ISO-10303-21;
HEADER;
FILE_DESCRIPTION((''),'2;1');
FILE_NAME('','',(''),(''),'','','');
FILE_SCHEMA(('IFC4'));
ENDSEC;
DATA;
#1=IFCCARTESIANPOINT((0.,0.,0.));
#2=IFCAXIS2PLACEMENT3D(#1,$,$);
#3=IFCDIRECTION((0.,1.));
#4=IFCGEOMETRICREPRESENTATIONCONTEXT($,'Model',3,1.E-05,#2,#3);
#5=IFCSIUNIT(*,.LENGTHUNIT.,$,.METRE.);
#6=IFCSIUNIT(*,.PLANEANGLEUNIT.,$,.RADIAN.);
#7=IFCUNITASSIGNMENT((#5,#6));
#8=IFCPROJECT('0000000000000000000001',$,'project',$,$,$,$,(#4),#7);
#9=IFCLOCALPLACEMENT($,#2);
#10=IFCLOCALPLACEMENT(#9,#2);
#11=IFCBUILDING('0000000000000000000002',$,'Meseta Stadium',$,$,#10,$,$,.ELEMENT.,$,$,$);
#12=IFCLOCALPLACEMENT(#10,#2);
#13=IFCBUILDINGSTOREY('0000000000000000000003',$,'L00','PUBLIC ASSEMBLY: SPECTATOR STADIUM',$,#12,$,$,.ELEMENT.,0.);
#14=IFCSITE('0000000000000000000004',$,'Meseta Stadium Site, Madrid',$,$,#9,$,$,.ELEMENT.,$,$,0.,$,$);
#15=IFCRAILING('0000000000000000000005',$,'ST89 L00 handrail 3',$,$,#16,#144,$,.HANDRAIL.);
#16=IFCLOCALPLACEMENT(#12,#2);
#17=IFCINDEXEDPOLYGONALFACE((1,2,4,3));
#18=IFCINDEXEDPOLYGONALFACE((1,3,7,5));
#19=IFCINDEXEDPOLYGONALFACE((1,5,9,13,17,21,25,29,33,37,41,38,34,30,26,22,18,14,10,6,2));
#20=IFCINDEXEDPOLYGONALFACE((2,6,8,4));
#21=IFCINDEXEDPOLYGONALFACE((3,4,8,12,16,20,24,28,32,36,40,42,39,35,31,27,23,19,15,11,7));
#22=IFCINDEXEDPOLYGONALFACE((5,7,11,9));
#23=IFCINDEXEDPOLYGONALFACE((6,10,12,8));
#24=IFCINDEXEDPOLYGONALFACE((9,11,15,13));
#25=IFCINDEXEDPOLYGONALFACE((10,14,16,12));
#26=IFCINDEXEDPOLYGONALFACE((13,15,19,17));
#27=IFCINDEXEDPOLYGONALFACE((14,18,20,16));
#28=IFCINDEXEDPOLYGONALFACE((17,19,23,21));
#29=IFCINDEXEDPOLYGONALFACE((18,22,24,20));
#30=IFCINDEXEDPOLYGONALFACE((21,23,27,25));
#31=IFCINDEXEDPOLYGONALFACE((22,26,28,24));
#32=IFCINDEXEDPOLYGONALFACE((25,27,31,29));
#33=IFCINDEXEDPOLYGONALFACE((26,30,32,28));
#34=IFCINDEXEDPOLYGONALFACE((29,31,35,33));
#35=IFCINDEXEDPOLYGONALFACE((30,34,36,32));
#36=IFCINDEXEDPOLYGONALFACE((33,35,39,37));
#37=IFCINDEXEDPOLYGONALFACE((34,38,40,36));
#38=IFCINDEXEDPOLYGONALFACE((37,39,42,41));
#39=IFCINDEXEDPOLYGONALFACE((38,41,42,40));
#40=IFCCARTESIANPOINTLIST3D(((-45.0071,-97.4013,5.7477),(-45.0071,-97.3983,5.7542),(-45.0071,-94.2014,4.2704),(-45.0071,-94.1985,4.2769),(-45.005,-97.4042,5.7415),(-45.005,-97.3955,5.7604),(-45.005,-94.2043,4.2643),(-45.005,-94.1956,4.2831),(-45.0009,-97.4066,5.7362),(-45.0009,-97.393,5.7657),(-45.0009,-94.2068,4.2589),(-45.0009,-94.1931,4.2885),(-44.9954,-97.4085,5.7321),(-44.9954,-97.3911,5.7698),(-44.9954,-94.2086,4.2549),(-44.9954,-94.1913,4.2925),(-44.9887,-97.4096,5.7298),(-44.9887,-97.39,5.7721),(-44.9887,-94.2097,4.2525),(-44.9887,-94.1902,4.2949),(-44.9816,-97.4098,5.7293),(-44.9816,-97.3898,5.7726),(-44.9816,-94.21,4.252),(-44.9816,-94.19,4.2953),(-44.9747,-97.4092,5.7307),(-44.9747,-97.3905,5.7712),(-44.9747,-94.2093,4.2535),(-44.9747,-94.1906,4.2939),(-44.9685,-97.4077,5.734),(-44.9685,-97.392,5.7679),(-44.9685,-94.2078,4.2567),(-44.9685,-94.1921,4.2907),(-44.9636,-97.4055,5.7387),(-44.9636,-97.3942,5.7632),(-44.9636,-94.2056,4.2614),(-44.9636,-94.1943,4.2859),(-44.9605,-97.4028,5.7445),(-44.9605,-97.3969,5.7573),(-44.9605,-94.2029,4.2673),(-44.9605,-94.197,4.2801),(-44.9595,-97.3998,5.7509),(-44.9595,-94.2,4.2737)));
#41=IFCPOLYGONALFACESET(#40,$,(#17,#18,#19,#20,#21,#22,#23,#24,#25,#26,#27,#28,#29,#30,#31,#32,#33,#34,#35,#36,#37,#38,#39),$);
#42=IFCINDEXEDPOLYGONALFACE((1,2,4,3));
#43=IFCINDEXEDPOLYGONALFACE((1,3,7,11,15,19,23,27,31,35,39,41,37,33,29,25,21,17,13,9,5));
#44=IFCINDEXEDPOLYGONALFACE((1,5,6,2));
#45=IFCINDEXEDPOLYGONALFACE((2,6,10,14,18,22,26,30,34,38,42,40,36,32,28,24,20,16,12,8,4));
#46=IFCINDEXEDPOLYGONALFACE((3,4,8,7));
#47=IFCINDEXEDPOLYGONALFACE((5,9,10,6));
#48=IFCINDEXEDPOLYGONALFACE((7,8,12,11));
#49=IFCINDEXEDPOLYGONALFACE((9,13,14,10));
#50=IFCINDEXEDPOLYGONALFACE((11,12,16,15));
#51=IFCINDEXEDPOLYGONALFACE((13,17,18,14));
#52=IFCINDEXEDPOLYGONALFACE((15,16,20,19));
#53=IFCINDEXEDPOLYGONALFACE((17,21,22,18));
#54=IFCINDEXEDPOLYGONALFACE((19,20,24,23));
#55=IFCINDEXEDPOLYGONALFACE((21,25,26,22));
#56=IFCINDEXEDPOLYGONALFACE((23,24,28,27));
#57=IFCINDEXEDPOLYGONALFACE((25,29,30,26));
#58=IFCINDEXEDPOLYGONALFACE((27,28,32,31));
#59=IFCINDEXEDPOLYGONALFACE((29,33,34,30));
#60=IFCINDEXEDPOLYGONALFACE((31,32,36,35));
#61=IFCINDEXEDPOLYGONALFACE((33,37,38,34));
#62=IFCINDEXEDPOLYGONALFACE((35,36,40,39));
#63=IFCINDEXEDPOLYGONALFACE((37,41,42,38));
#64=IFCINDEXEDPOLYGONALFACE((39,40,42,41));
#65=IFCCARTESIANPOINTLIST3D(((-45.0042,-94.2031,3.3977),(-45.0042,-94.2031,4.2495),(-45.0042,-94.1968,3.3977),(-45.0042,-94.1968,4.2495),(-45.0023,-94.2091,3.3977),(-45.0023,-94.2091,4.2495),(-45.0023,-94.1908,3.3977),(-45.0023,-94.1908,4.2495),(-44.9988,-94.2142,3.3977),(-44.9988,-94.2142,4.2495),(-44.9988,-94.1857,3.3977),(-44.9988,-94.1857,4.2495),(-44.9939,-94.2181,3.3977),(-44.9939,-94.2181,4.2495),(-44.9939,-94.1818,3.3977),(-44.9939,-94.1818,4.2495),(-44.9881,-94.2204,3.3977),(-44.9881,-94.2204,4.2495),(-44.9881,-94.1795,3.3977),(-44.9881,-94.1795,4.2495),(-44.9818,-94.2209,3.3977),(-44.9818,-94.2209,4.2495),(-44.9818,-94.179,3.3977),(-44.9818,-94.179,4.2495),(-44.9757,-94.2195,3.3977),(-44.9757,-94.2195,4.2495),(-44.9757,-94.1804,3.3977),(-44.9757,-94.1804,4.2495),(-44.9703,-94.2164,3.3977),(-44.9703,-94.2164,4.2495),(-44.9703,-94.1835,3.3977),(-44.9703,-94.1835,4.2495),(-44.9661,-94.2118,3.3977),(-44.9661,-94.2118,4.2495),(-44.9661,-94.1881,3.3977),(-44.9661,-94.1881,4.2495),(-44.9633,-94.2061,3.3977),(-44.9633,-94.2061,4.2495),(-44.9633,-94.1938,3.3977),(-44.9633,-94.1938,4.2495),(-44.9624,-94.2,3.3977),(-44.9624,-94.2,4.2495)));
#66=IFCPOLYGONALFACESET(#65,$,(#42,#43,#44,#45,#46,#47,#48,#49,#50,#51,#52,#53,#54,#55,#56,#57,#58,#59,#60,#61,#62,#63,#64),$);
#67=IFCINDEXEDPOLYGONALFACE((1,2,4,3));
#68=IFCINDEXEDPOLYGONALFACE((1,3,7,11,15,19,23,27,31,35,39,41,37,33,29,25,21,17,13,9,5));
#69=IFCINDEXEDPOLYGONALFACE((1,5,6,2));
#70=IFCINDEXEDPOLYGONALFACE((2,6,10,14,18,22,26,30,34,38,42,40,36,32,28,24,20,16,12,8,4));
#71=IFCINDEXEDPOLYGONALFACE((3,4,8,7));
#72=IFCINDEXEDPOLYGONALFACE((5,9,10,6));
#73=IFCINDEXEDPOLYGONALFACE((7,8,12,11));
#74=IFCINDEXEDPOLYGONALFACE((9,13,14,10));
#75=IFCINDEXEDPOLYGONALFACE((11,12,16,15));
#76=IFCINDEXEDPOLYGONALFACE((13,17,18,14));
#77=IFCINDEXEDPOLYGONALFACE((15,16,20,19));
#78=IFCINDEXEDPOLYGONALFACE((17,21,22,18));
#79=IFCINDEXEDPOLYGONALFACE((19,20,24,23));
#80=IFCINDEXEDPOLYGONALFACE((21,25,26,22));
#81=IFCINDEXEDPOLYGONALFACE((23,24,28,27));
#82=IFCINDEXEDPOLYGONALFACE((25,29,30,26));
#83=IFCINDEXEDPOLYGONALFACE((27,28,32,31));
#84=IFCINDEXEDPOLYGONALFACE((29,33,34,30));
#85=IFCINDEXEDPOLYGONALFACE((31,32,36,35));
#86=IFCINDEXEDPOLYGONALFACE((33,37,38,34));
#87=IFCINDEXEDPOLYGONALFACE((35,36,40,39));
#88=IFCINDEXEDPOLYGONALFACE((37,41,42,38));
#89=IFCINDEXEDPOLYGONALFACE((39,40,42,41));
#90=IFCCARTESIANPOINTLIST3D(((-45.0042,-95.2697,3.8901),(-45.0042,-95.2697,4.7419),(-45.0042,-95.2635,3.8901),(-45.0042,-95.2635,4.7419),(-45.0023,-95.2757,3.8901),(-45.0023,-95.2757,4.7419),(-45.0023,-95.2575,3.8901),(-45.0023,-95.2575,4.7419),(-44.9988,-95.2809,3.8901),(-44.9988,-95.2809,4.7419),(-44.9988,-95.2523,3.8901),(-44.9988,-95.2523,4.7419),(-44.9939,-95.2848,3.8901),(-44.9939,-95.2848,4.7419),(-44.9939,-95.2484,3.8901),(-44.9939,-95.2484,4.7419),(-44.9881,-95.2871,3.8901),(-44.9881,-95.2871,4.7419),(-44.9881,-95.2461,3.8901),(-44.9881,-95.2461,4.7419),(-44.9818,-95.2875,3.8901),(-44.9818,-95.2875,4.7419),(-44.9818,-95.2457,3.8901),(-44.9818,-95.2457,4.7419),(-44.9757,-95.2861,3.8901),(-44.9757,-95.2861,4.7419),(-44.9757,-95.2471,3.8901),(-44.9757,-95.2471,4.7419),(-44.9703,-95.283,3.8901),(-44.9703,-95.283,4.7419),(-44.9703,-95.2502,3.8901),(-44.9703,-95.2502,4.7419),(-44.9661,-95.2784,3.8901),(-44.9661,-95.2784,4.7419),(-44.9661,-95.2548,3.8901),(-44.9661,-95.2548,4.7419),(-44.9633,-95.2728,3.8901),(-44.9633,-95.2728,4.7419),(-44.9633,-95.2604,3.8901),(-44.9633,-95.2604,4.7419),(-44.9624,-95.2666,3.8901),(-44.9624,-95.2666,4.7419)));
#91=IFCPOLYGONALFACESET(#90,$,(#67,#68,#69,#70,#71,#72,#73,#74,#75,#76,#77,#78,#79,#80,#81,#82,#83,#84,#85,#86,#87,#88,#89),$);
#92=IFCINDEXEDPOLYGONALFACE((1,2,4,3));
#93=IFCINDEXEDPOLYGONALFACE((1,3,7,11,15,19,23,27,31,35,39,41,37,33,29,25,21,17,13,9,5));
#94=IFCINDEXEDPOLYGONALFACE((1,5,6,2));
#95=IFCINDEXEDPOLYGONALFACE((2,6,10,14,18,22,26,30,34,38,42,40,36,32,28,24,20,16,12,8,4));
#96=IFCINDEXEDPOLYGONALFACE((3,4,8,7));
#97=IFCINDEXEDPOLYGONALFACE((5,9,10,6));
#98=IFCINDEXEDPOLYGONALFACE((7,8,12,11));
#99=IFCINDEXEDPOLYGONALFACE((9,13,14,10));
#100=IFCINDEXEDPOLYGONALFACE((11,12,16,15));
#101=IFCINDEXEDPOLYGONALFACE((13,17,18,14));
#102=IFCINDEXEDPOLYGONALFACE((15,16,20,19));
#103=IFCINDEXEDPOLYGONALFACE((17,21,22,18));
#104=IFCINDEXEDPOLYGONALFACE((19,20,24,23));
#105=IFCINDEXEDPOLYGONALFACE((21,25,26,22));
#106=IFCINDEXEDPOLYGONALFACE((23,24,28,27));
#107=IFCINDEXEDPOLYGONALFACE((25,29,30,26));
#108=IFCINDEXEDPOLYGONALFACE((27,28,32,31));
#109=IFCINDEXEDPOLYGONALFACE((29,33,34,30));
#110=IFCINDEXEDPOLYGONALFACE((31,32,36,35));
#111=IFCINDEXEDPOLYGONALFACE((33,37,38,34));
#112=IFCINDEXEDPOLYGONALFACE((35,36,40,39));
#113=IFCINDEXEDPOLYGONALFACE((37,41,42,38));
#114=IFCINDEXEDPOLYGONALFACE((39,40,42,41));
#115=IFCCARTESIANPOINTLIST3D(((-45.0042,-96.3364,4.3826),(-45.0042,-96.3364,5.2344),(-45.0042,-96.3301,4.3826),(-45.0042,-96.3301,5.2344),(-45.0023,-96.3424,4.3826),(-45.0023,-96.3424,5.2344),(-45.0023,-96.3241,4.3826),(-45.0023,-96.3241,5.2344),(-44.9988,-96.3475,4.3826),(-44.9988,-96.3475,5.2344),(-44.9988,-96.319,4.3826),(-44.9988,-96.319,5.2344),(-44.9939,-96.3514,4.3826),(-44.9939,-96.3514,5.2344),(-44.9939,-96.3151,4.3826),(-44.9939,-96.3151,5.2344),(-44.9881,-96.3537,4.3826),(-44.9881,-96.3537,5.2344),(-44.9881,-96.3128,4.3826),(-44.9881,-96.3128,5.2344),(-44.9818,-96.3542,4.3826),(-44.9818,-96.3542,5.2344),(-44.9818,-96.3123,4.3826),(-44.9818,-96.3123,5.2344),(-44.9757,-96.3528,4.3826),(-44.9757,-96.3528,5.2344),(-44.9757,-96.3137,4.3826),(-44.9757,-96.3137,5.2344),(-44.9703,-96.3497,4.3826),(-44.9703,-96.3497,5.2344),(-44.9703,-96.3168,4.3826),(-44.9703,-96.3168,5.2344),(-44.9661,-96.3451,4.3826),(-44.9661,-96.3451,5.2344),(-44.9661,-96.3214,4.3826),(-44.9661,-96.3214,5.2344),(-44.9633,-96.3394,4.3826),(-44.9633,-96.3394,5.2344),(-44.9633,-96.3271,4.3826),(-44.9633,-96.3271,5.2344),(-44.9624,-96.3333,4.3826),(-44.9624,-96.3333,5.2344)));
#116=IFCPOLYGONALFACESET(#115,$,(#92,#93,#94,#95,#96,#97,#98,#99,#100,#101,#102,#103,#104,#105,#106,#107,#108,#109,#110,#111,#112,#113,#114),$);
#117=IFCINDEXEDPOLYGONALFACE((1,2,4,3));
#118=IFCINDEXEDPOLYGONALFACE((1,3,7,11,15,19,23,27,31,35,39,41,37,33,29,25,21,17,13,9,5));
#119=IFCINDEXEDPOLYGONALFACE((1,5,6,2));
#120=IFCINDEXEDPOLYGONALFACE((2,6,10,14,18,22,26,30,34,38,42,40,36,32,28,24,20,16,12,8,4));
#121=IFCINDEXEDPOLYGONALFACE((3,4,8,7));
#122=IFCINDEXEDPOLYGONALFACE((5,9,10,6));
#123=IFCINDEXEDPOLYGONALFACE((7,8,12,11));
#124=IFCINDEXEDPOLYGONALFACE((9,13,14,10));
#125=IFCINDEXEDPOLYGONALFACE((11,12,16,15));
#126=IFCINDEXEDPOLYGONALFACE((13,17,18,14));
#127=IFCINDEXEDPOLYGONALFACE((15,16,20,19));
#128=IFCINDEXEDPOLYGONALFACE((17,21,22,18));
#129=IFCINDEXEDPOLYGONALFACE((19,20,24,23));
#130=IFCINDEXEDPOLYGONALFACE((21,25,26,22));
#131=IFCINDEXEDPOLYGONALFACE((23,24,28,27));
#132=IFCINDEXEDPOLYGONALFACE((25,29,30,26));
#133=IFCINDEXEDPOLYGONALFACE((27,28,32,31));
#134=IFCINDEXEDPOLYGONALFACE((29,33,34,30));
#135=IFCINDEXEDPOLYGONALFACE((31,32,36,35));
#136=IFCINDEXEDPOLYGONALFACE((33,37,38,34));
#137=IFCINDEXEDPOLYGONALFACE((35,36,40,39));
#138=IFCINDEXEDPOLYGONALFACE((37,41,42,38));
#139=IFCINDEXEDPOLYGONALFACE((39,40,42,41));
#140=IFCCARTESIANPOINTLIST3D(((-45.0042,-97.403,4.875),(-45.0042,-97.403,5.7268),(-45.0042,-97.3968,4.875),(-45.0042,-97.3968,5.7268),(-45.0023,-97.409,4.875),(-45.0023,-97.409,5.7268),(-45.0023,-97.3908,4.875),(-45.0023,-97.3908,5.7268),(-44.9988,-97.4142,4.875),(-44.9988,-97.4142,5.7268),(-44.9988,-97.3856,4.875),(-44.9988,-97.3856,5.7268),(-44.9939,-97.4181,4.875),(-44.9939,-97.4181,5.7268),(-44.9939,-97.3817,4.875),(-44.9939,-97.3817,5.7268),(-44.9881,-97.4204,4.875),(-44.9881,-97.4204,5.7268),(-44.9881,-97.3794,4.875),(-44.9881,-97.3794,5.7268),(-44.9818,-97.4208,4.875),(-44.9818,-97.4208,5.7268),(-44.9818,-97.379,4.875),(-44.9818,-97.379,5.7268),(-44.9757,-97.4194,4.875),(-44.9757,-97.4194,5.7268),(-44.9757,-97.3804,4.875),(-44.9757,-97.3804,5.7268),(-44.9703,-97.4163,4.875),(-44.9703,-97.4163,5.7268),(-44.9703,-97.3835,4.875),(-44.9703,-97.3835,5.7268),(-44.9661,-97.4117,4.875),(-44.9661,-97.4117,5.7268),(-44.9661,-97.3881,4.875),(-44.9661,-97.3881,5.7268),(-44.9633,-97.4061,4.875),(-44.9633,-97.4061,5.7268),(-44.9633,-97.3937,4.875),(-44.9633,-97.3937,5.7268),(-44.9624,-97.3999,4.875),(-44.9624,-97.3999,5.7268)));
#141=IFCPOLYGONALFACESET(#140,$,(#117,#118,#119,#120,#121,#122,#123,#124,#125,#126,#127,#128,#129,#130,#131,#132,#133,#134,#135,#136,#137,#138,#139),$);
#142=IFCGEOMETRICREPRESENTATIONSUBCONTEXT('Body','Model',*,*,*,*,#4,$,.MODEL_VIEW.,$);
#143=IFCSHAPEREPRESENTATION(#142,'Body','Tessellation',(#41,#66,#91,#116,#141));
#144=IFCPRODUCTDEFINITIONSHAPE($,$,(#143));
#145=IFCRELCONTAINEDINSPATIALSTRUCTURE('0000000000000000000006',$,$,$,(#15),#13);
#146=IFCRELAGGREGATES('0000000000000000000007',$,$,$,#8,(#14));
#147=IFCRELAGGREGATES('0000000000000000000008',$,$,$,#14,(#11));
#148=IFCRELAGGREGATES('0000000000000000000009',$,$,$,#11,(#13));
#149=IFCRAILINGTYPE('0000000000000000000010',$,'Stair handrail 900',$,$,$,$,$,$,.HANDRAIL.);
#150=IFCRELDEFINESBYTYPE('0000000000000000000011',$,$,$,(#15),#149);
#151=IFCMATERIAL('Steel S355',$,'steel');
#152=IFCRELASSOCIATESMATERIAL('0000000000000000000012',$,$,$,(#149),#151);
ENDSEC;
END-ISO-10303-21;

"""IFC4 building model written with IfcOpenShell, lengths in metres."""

from ifc_helpers import new_model, si_unit, direction, frame, origin, origin_2d, place, context, subcontext, project, spatial, circle, extrude, material, type_object, element, save


model = new_model("IFC4")

# Units and contexts
model_context = context("Model", 3, precision=1e-05, world=origin(), true_north=direction((0.0, 1.0)))
body_context = subcontext(model_context, "Body", "Model", "MODEL_VIEW")
ifc_project = project(units=[si_unit("LENGTHUNIT", "METRE"), si_unit("PLANEANGLEUNIT", "RADIAN")], contexts=[model_context])

# Site, building, storey
site_placement = place(None, origin())
site = spatial("IfcSite", under=ifc_project, at=site_placement, Name="Meseta Stadium Site, Madrid", CompositionType="ELEMENT", RefElevation=0.0)
building_placement = place(site_placement, origin())
building = spatial("IfcBuilding", under=site, at=building_placement, Name="Meseta Stadium", CompositionType="ELEMENT")
storey_placement = place(building_placement, origin())
storey = spatial("IfcBuildingStorey", under=building, at=storey_placement, Name="L00", Description="PUBLIC ASSEMBLY: SPECTATOR STADIUM", CompositionType="ELEMENT", Elevation=0.0)

# Railing
ifc_material_1 = material(Name="Steel S355", Category="steel")
railing_type_1 = type_object("IfcRailingType", Name="Stair handrail 900", PredefinedType="HANDRAIL", material=ifc_material_1)
railing_1_placement = place(storey_placement, frame((-44.9834, -94.2, 3.3977)))
element("IfcRailing", 1, at=railing_1_placement, inside=storey, type_object=railing_type_1, Name="ST89 L00 handrail 3", PredefinedType="HANDRAIL", context=body_context, shape_type="SweptSolid", body=[
    extrude(circle(Radius=0.0239, at=origin_2d()), frame((0.0, 0.0, 0.876), z_axis=(0.0, -0.907917, 0.41915), x_axis=(1.0, 0.0, 0.0)), (0.0, 0.0, 1.0), 3.5244),
    extrude(circle(Radius=0.021, at=origin_2d()), origin(), (0.0, 0.0, 1.0), 0.8518),
    extrude(circle(Radius=0.021, at=origin_2d()), frame((0.0, -1.0667, 0.4924)), (0.0, 0.0, 1.0), 0.8518),
    extrude(circle(Radius=0.021, at=origin_2d()), frame((0.0, -2.1333, 0.9849)), (0.0, 0.0, 1.0), 0.8518),
    extrude(circle(Radius=0.021, at=origin_2d()), frame((0.0, -3.2, 1.4773)), (0.0, 0.0, 1.0), 0.8518),
])

save(model, "model.ifc")
